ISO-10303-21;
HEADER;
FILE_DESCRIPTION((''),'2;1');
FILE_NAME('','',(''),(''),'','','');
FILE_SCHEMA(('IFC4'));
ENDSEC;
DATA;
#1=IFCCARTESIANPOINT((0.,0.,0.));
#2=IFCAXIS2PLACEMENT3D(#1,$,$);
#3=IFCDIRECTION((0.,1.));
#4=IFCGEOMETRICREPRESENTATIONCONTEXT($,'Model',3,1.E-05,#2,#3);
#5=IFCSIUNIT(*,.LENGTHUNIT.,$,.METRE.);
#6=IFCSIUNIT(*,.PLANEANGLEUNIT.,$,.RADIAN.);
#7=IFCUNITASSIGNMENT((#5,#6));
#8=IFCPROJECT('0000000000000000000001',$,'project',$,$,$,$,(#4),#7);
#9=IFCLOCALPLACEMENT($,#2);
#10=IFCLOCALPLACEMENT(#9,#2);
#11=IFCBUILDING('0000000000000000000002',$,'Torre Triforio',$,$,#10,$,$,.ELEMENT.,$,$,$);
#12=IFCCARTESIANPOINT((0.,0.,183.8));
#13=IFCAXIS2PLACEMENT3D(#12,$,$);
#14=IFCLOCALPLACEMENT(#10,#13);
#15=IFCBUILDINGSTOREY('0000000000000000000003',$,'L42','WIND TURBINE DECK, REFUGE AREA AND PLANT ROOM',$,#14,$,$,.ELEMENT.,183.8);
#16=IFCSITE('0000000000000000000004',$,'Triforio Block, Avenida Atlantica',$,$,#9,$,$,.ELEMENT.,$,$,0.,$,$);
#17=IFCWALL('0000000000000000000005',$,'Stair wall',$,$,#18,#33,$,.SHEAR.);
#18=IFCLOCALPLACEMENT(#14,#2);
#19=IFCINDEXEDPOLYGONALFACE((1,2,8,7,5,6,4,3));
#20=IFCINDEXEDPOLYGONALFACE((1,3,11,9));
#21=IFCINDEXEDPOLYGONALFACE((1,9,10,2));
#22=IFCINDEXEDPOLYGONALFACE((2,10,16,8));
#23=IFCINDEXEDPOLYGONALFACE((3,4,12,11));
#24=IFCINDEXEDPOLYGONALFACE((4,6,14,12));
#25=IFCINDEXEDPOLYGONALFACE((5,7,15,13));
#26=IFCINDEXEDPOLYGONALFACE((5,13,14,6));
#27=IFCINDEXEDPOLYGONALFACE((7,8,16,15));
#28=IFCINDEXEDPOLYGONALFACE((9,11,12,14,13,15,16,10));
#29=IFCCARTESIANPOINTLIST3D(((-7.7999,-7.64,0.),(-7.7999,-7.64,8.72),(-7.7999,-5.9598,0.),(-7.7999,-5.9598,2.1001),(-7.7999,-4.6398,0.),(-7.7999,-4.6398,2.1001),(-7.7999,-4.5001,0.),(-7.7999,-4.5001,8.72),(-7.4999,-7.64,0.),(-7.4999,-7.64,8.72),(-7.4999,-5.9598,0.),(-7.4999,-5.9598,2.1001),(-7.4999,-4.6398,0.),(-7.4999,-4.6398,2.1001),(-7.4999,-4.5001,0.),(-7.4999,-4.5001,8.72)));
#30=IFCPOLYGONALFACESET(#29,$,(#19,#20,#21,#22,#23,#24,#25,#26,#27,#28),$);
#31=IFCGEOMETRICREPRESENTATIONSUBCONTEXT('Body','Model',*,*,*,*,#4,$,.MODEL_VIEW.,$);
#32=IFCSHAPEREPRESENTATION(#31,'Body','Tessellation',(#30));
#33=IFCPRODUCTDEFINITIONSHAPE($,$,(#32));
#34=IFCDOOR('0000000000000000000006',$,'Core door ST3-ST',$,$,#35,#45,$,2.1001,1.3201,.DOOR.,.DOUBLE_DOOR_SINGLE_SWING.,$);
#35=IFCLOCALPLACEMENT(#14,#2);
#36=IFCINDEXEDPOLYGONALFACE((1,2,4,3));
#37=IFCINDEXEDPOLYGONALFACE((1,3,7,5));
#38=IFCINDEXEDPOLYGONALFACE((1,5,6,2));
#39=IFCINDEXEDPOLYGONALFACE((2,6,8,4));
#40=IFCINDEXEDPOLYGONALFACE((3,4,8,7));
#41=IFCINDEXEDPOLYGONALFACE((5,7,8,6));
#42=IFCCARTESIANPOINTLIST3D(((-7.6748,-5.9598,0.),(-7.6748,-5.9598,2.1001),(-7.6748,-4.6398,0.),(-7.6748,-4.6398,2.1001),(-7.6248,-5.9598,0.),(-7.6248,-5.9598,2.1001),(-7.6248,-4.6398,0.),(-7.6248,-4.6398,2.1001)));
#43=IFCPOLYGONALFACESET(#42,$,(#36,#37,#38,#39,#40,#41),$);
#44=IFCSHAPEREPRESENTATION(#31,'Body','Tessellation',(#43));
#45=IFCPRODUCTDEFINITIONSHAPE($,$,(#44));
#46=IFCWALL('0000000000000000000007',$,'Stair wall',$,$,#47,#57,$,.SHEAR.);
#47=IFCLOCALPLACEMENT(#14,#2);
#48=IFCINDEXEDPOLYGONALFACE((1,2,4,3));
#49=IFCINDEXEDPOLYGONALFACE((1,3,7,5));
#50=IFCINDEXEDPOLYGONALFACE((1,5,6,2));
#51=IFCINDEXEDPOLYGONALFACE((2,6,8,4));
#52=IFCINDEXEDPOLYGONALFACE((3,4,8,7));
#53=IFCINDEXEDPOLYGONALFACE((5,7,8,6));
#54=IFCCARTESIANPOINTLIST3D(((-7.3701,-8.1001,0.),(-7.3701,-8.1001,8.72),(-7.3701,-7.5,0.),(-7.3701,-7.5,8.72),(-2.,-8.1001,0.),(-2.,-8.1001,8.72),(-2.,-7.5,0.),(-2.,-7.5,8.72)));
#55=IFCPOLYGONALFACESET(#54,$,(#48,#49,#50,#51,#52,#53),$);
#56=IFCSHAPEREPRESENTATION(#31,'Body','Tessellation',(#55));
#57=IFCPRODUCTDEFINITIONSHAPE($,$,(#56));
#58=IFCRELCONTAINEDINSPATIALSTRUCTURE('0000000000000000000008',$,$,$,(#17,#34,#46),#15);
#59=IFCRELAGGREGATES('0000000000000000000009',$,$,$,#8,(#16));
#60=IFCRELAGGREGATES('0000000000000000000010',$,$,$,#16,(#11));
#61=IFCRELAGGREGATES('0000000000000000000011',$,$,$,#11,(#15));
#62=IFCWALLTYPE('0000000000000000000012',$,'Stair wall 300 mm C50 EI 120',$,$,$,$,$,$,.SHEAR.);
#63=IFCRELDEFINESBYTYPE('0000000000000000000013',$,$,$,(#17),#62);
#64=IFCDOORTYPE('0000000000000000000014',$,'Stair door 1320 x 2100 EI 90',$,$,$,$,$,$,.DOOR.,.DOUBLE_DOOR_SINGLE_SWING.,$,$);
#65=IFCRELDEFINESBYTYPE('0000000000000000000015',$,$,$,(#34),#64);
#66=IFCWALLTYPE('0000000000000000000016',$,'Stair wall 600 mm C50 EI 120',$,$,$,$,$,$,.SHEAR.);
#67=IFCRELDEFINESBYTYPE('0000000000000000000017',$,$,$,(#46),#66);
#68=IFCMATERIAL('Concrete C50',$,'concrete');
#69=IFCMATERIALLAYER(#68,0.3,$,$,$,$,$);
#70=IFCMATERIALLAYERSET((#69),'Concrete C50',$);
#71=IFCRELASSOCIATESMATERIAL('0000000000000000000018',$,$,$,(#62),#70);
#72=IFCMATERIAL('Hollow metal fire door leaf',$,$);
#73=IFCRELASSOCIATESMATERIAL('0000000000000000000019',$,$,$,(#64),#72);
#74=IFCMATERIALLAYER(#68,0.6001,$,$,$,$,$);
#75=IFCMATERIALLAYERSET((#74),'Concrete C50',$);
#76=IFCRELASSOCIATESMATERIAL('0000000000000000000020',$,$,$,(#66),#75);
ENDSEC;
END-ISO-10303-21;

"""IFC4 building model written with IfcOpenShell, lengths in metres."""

from ifc_helpers import new_model, si_unit, direction, frame, frame_2d, origin, place, context, subcontext, project, spatial, rectangle, extrude, material, layer, layer_set, type_object, element, fill, save


model = new_model("IFC4")

# Units and contexts
model_context = context("Model", 3, precision=1e-05, world=origin(), true_north=direction((0.0, 1.0)))
body_context = subcontext(model_context, "Body", "Model", "MODEL_VIEW")
ifc_project = project(units=[si_unit("LENGTHUNIT", "METRE"), si_unit("PLANEANGLEUNIT", "RADIAN")], contexts=[model_context])

# Site, building, storey
site_placement = place(None, origin())
site = spatial("IfcSite", under=ifc_project, at=site_placement, Name="Triforio Block, Avenida Atlantica", CompositionType="ELEMENT", RefElevation=0.0)
building_placement = place(site_placement, origin())
building = spatial("IfcBuilding", under=site, at=building_placement, Name="Torre Triforio", CompositionType="ELEMENT")
storey_placement = place(building_placement, frame((0.0, 0.0, 183.8)))
storey = spatial("IfcBuildingStorey", under=building, at=storey_placement, Name="L42", Description="WIND TURBINE DECK, REFUGE AREA AND PLANT ROOM", CompositionType="ELEMENT", Elevation=183.8)

# Shared definitions
ifc_material_1 = material(Name="Concrete C50", Category="concrete")

# Shared definitions
ifc_material_2 = material(Name="Hollow metal fire door leaf")

# Wall, opening, door
ifc_layer_1 = layer(ifc_material_1, 0.3)
ifc_layer_set_1 = layer_set([ifc_layer_1], Name="Concrete C50")
wall_type_1 = type_object("IfcWallType", Name="Stair wall 300 mm C50 EI 120", PredefinedType="SHEAR", material=ifc_layer_set_1)
wall_1_placement = place(storey_placement, frame((-7.6499, -7.6399, 0.0), z_axis=(0.0, 0.0, 1.0), x_axis=(0.0, 1.0, 0.0)))
wall_1 = element("IfcWall", 1, at=wall_1_placement, inside=storey, type_object=wall_type_1, Name="Stair wall", PredefinedType="SHEAR", context=body_context, shape_type="SweptSolid", body=[
    extrude(rectangle(XDim=3.1399, YDim=0.3, at=frame_2d((1.5698, 0.0))), origin(), (0.0, 0.0, 1.0), 8.72),
])
opening_1_placement = place(wall_1_placement, frame((1.6799, 0.0, 0.0)))
opening_1 = element("IfcOpeningElement", 2, at=opening_1_placement, cuts=wall_1, PredefinedType="OPENING", context=body_context, shape_type="SweptSolid", body=[
    extrude(rectangle(XDim=1.3201, YDim=2.1001, at=frame_2d((0.6602, 1.05))), frame((0.0, 0.1599, 0.0), z_axis=(0.0, -1.0, 0.0), x_axis=(1.0, 0.0, 0.0)), (0.0, 0.0, 1.0), 0.3201),
])
door_type_1 = type_object("IfcDoorType", Name="Stair door 1320 x 2100 EI 90", OperationType="DOUBLE_DOOR_SINGLE_SWING", PredefinedType="DOOR", material=ifc_material_2)
door_1_placement = place(opening_1_placement, origin())
door_1 = element("IfcDoor", 3, at=door_1_placement, inside=storey, type_object=door_type_1, Name="Core door ST3-ST", OperationType="DOUBLE_DOOR_SINGLE_SWING", OverallHeight=2.1001, OverallWidth=1.3201, PredefinedType="DOOR", context=body_context, shape_type="SweptSolid", body=[
    extrude(rectangle(XDim=1.3201, YDim=2.1001, at=frame_2d((0.6602, 1.05))), frame((0.0, 0.0249, 0.0), z_axis=(0.0, -1.0, 0.0), x_axis=(1.0, 0.0, 0.0)), (0.0, 0.0, 1.0), 0.05),
])
fill(opening_1, door_1)

# Wall
ifc_layer_2 = layer(ifc_material_1, 0.6001)
ifc_layer_set_2 = layer_set([ifc_layer_2], Name="Concrete C50")
wall_type_2 = type_object("IfcWallType", Name="Stair wall 600 mm C50 EI 120", PredefinedType="SHEAR", material=ifc_layer_set_2)
wall_2_placement = place(storey_placement, frame((-7.3701, -7.8, 0.0), z_axis=(0.0, 0.0, 1.0), x_axis=(1.0, 0.0, 0.0)))
element("IfcWall", 4, at=wall_2_placement, inside=storey, type_object=wall_type_2, Name="Stair wall", PredefinedType="SHEAR", context=body_context, shape_type="SweptSolid", body=[
    extrude(rectangle(XDim=5.3701, YDim=0.6001, at=frame_2d((2.6851, 0.0))), origin(), (0.0, 0.0, 1.0), 8.72),
])

save(model, "model.ifc")
